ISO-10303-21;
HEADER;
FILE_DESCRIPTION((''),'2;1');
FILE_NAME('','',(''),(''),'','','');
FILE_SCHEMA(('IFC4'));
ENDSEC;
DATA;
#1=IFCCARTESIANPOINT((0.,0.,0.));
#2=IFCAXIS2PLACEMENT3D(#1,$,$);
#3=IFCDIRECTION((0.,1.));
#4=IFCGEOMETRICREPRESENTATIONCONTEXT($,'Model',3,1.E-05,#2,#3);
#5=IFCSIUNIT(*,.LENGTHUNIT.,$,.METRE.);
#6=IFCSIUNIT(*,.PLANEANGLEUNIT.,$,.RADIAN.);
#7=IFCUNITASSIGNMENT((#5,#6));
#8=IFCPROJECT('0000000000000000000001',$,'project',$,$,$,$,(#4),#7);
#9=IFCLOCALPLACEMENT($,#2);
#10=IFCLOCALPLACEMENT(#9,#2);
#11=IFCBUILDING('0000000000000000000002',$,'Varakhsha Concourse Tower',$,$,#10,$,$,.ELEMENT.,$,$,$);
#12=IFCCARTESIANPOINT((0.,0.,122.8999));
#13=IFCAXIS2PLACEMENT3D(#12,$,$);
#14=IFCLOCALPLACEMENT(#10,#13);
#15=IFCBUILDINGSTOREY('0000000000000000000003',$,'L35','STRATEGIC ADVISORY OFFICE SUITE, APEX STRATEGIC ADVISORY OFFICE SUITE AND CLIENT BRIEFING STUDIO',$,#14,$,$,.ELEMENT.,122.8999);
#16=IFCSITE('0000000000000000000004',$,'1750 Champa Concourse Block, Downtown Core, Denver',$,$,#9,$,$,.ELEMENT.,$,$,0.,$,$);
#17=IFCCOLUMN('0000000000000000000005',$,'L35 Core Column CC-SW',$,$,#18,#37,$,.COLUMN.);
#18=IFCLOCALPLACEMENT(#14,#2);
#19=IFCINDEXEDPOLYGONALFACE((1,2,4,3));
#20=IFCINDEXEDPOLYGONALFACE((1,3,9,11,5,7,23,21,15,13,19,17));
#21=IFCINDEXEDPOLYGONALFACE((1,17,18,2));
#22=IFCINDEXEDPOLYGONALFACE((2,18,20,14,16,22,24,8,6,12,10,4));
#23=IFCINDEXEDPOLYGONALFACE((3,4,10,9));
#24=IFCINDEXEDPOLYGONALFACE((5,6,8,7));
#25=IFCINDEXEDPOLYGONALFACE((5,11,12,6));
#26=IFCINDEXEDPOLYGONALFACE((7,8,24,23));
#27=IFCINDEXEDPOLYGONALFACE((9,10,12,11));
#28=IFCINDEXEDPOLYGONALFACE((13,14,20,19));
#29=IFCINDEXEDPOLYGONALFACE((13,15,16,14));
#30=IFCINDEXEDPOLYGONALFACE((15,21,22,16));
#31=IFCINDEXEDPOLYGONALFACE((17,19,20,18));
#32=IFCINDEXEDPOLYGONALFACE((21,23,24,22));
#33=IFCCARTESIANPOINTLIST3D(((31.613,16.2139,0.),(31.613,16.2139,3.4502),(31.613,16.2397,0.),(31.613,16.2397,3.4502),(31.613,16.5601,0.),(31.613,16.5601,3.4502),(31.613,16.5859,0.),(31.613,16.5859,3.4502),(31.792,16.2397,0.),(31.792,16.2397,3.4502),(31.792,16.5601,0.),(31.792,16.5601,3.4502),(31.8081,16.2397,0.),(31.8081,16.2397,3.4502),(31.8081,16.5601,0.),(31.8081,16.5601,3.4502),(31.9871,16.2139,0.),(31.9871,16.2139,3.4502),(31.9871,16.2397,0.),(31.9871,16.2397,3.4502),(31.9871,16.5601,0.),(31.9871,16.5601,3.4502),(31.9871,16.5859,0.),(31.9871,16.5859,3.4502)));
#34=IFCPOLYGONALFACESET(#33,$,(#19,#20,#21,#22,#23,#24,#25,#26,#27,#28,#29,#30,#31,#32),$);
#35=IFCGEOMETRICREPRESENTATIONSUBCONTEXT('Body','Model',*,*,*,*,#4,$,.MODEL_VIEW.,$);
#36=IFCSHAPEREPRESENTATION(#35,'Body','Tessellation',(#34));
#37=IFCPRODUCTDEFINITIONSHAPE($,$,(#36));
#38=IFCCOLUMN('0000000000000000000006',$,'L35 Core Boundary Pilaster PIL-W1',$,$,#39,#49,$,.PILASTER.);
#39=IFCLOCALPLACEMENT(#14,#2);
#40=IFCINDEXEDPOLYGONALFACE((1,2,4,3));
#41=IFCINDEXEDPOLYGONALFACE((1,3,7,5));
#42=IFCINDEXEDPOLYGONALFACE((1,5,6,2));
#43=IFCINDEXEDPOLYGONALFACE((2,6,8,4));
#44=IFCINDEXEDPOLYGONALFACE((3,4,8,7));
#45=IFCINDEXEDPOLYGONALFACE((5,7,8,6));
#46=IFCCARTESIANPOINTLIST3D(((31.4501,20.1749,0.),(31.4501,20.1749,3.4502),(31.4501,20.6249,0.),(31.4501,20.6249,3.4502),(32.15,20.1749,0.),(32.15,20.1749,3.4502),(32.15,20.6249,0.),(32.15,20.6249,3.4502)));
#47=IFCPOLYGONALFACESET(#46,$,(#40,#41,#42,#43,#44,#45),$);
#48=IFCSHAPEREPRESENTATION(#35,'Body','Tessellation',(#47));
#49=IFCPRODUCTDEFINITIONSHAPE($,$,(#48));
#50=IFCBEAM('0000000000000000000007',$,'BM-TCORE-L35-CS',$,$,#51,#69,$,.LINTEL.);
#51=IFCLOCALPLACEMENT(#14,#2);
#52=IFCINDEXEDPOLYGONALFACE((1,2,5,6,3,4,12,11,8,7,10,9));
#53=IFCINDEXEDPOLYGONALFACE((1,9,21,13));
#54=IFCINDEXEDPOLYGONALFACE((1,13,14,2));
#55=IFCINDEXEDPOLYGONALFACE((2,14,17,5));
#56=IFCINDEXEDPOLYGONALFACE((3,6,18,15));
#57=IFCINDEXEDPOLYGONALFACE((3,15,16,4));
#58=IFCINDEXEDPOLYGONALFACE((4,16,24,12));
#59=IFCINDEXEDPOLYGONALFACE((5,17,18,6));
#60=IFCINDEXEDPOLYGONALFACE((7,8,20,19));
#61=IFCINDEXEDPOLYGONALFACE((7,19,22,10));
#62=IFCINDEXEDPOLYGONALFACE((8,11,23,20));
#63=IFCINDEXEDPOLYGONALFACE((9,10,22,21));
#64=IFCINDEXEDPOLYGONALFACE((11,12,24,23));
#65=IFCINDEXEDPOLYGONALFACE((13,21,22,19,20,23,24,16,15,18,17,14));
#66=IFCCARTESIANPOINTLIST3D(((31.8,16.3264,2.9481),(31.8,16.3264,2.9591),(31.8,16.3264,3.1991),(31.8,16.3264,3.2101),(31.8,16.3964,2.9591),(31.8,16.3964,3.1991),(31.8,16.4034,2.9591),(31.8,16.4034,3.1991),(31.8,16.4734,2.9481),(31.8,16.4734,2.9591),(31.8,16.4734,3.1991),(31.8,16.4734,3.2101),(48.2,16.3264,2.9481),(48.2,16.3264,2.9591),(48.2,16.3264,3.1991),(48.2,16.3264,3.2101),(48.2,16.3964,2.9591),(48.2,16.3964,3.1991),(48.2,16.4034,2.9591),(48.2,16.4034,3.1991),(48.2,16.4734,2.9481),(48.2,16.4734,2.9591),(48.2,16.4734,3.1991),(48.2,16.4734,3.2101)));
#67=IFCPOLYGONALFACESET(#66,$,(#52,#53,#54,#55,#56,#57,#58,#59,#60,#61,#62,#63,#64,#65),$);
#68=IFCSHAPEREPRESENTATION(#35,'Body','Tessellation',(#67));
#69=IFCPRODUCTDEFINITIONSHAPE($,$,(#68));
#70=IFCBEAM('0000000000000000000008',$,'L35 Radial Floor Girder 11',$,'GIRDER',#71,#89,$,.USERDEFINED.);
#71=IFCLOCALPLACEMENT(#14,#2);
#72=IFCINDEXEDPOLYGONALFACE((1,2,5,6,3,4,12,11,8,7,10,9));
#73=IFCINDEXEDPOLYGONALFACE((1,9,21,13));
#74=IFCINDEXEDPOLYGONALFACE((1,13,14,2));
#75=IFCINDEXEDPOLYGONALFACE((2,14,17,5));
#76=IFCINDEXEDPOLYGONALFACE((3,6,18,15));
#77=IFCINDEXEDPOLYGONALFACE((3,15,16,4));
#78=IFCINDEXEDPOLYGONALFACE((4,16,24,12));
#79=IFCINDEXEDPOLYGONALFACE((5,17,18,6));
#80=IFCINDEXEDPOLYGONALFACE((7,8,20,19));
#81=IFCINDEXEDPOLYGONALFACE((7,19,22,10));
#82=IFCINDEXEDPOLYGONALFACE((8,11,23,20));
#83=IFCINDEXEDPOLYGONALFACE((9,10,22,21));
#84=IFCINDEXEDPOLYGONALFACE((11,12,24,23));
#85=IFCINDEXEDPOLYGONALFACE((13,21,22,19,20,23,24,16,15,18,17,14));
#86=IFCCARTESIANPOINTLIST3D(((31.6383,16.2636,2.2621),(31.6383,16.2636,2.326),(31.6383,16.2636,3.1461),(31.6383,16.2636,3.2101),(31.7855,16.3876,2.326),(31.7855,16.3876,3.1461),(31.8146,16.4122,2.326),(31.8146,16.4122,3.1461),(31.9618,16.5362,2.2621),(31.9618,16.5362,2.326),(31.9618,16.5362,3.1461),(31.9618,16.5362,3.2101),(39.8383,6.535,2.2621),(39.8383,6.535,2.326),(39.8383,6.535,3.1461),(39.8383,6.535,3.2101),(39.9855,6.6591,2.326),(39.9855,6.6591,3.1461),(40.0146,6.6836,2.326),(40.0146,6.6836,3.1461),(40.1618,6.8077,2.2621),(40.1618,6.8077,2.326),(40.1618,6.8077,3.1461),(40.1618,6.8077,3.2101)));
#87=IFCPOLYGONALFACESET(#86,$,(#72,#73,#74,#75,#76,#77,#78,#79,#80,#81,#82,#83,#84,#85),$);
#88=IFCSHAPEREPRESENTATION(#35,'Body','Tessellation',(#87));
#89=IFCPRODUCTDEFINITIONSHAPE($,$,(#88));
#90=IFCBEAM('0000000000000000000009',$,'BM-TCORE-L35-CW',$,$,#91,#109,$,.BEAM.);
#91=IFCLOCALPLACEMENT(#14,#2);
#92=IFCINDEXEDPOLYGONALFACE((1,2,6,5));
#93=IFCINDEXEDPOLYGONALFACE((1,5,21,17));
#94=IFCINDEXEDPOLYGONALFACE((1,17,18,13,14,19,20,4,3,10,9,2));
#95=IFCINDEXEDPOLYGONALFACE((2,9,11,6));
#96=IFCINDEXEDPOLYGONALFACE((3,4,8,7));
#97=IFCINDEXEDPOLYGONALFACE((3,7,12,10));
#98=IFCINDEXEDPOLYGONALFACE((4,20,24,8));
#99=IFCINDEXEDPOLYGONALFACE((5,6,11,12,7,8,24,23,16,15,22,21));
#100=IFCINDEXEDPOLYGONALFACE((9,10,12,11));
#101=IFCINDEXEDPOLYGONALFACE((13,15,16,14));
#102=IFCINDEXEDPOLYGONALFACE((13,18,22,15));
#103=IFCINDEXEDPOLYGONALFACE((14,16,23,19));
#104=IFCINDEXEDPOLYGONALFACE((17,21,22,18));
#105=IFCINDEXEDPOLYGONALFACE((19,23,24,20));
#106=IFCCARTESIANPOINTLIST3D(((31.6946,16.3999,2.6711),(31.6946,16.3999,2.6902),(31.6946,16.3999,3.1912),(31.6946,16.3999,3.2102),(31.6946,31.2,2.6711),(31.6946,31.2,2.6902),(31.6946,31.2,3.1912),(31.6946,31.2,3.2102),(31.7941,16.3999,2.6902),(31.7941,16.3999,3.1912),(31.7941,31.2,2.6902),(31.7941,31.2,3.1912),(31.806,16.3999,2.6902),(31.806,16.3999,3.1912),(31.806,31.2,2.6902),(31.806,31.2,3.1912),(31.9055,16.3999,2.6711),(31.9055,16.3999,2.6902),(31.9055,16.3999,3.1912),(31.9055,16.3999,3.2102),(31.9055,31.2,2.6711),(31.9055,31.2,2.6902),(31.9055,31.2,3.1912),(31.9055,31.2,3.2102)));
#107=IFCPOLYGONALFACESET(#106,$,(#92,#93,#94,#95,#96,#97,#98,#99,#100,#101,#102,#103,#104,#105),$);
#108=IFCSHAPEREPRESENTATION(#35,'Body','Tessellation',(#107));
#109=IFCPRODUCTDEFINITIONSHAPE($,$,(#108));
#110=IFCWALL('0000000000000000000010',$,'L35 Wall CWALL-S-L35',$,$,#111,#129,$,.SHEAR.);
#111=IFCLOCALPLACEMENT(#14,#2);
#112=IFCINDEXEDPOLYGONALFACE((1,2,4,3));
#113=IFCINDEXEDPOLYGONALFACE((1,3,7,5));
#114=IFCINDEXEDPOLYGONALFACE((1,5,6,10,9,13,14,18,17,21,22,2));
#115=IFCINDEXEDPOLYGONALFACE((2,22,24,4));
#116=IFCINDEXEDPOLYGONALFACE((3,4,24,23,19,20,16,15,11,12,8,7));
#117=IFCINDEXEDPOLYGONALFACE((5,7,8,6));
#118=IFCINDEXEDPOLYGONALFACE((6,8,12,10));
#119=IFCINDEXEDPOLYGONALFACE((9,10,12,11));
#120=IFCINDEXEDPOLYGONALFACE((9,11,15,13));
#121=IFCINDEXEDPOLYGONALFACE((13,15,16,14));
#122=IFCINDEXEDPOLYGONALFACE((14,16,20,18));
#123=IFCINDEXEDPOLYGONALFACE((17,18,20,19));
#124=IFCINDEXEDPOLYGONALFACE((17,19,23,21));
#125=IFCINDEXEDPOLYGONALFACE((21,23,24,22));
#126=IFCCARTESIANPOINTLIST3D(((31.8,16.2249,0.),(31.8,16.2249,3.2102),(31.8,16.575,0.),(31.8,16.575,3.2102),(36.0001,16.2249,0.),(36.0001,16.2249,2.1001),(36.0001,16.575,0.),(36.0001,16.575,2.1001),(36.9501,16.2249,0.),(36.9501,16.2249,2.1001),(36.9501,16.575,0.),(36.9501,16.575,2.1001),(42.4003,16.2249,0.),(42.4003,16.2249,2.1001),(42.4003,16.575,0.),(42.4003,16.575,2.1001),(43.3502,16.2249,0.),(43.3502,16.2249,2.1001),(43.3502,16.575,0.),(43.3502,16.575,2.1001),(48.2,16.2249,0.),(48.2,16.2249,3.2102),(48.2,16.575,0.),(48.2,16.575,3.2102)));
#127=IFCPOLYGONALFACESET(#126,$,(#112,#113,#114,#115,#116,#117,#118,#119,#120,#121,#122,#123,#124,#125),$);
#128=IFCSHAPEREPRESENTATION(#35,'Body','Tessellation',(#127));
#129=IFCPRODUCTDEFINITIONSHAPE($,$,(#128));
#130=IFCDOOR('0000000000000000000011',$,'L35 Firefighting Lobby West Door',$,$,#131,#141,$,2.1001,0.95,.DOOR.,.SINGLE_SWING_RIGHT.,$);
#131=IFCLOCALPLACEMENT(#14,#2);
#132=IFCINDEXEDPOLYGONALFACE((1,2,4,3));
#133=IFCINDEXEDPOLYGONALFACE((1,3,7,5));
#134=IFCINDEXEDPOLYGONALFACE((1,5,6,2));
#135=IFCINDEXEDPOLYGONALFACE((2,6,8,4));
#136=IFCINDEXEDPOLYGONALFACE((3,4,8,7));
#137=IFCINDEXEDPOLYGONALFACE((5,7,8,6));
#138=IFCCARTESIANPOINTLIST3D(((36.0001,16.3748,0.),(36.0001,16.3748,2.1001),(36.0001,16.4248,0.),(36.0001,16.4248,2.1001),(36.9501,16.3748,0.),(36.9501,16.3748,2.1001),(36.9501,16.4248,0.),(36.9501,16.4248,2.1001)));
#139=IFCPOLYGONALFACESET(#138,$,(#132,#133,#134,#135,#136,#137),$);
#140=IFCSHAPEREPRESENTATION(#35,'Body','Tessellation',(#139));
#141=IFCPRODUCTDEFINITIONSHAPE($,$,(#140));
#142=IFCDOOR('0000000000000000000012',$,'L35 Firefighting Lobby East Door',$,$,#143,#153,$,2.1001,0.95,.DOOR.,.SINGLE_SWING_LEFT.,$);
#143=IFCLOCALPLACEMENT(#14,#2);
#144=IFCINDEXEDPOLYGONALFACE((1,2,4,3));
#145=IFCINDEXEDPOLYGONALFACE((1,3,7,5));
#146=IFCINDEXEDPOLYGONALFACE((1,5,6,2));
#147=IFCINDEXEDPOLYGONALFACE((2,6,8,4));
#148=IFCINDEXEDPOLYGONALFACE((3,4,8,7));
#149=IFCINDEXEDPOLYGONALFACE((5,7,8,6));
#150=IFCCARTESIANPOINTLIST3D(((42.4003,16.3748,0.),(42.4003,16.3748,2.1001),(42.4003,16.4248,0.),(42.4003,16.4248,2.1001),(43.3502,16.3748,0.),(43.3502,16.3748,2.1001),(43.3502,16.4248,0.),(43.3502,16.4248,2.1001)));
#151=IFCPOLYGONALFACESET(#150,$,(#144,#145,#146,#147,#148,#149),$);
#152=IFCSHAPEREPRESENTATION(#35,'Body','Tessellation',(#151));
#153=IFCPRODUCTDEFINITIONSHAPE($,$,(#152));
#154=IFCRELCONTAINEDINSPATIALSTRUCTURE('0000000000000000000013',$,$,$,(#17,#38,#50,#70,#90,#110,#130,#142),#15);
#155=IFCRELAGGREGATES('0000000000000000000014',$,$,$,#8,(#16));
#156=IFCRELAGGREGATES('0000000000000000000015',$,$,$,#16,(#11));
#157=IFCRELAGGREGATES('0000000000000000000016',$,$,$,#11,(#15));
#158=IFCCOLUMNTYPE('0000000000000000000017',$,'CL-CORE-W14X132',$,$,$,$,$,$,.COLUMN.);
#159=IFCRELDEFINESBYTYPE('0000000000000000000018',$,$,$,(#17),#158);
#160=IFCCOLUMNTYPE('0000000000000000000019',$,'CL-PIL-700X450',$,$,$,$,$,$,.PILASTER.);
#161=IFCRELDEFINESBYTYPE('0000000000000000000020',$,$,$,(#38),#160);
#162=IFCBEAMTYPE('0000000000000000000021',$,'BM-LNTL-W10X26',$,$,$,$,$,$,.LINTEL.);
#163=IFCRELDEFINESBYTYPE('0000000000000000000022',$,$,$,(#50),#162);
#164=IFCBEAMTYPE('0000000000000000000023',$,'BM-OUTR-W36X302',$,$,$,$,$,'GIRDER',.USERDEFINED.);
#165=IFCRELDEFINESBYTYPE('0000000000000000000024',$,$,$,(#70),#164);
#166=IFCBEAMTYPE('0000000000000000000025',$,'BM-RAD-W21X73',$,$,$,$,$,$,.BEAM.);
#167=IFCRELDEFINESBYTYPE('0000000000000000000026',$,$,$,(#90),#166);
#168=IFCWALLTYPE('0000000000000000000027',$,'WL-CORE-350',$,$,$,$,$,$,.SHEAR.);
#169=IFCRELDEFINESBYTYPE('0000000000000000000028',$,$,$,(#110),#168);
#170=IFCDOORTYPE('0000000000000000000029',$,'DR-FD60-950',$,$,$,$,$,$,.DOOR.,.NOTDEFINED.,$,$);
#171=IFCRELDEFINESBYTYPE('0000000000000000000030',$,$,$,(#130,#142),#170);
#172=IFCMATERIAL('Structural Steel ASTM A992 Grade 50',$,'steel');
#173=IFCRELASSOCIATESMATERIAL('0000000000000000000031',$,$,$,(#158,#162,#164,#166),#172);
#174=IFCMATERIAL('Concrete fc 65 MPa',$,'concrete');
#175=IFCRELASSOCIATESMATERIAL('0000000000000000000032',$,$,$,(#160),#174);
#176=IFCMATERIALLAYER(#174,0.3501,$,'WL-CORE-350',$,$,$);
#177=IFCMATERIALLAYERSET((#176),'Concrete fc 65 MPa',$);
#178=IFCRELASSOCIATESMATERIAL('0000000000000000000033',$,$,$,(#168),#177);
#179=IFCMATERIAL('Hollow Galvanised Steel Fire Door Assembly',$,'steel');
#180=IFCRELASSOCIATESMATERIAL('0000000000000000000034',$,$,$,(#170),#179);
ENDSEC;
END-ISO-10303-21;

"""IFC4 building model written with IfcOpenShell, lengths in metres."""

from ifc_helpers import new_model, si_unit, direction, frame, frame_2d, origin, origin_2d, place, context, subcontext, project, spatial, rectangle, i_section, extrude, material, layer, layer_set, material_profile, profile_set, type_object, element, fill, save


model = new_model("IFC4")

# Units and contexts
model_context = context("Model", 3, precision=1e-05, world=origin(), true_north=direction((0.0, 1.0)))
body_context = subcontext(model_context, "Body", "Model", "MODEL_VIEW")
ifc_project = project(units=[si_unit("LENGTHUNIT", "METRE"), si_unit("PLANEANGLEUNIT", "RADIAN")], contexts=[model_context])

# Site, building, storey
site_placement = place(None, origin())
site = spatial("IfcSite", under=ifc_project, at=site_placement, Name="1750 Champa Concourse Block, Downtown Core, Denver", CompositionType="ELEMENT", RefElevation=0.0)
building_placement = place(site_placement, origin())
building = spatial("IfcBuilding", under=site, at=building_placement, Name="Varakhsha Concourse Tower", CompositionType="ELEMENT")
storey_placement = place(building_placement, frame((0.0, 0.0, 122.8999)))
storey = spatial("IfcBuildingStorey", under=building, at=storey_placement, Name="L35", Description="STRATEGIC ADVISORY OFFICE SUITE, APEX STRATEGIC ADVISORY OFFICE SUITE AND CLIENT BRIEFING STUDIO", CompositionType="ELEMENT", Elevation=122.8999)

# Columns
ifc_material_1 = material(Name="Structural Steel ASTM A992 Grade 50", Category="steel")
ifc_material_profile_1 = material_profile(ifc_material_1, i_section(OverallWidth=0.374, OverallDepth=0.3721, WebThickness=0.0161, FlangeThickness=0.0259, at=origin_2d()), Name="W14X132")
ifc_profile_set_1 = profile_set([ifc_material_profile_1], Name="Structural Steel ASTM A992 Grade 50")
column_type_1 = type_object("IfcColumnType", Name="CL-CORE-W14X132", PredefinedType="COLUMN", material=ifc_profile_set_1)
column_1_placement = place(storey_placement, frame((31.8, 16.3999, 0.0), z_axis=(0.0, 0.0, 1.0), x_axis=(1.0, 0.0, 0.0)))
element("IfcColumn", 1, at=column_1_placement, inside=storey, type_object=column_type_1, Name="L35 Core Column CC-SW", PredefinedType="COLUMN", context=body_context, shape_type="SweptSolid", body=[
    extrude(i_section(OverallWidth=0.374, OverallDepth=0.3721, WebThickness=0.0161, FlangeThickness=0.0259, at=origin_2d()), origin(), (0.0, 0.0, 1.0), 3.4502),
])
ifc_material_2 = material(Name="Concrete fc 65 MPa", Category="concrete")
ifc_material_profile_2 = material_profile(ifc_material_2, rectangle(XDim=0.7, YDim=0.45, at=origin_2d()), Name="RC 700x450")
ifc_profile_set_2 = profile_set([ifc_material_profile_2], Name="Concrete fc 65 MPa")
column_type_2 = type_object("IfcColumnType", Name="CL-PIL-700X450", PredefinedType="PILASTER", material=ifc_profile_set_2)
column_2_placement = place(storey_placement, frame((31.8, 20.3999, 0.0), z_axis=(0.0, 0.0, 1.0), x_axis=(1.0, 0.0, 0.0)))
element("IfcColumn", 2, at=column_2_placement, inside=storey, type_object=column_type_2, Name="L35 Core Boundary Pilaster PIL-W1", PredefinedType="PILASTER", context=body_context, shape_type="SweptSolid", body=[
    extrude(rectangle(XDim=0.7, YDim=0.45, at=origin_2d()), origin(), (0.0, 0.0, 1.0), 3.4502),
])

# Beams
ifc_material_profile_3 = material_profile(ifc_material_1, i_section(OverallWidth=0.147, OverallDepth=0.262, WebThickness=0.0071, FlangeThickness=0.011, at=origin_2d()), Name="W10X26")
ifc_profile_set_3 = profile_set([ifc_material_profile_3], Name="Structural Steel ASTM A992 Grade 50")
beam_type_1 = type_object("IfcBeamType", Name="BM-LNTL-W10X26", PredefinedType="LINTEL", material=ifc_profile_set_3)
beam_1_placement = place(storey_placement, frame((31.8, 16.3999, 3.0791), z_axis=(1.0, 0.0, 0.0), x_axis=(0.0, 1.0, 0.0)))
element("IfcBeam", 3, at=beam_1_placement, inside=storey, type_object=beam_type_1, Name="BM-TCORE-L35-CS", PredefinedType="LINTEL", context=body_context, shape_type="SweptSolid", body=[
    extrude(i_section(OverallWidth=0.147, OverallDepth=0.262, WebThickness=0.0071, FlangeThickness=0.011, at=origin_2d()), origin(), (0.0, 0.0, 1.0), 16.3999),
])
ifc_material_profile_4 = material_profile(ifc_material_1, i_section(OverallWidth=0.4231, OverallDepth=0.948, WebThickness=0.0381, FlangeThickness=0.064, at=origin_2d()), Name="W36X302")
ifc_profile_set_4 = profile_set([ifc_material_profile_4], Name="Structural Steel ASTM A992 Grade 50")
beam_type_2 = type_object("IfcBeamType", Name="BM-OUTR-W36X302", ElementType="GIRDER", PredefinedType="USERDEFINED", material=ifc_profile_set_4)
beam_2_placement = place(storey_placement, frame((31.8, 16.3999, 2.7361), z_axis=(0.644481, -0.76462, 0.0), x_axis=(0.76462, 0.644481, 0.0)))
element("IfcBeam", 4, at=beam_2_placement, inside=storey, type_object=beam_type_2, Name="L35 Radial Floor Girder 11", ObjectType="GIRDER", PredefinedType="USERDEFINED", context=body_context, shape_type="SweptSolid", body=[
    extrude(i_section(OverallWidth=0.4231, OverallDepth=0.948, WebThickness=0.0381, FlangeThickness=0.064, at=origin_2d()), origin(), (0.0, 0.0, 1.0), 12.7234),
])
ifc_material_profile_5 = material_profile(ifc_material_1, i_section(OverallWidth=0.2109, OverallDepth=0.5391, WebThickness=0.012, FlangeThickness=0.019, at=origin_2d()), Name="W21X73")
ifc_profile_set_5 = profile_set([ifc_material_profile_5], Name="Structural Steel ASTM A992 Grade 50")
beam_type_3 = type_object("IfcBeamType", Name="BM-RAD-W21X73", PredefinedType="BEAM", material=ifc_profile_set_5)
beam_3_placement = place(storey_placement, frame((31.8, 16.3999, 2.9407), z_axis=(0.0, 1.0, 0.0), x_axis=(-1.0, 0.0, 0.0)))
element("IfcBeam", 5, at=beam_3_placement, inside=storey, type_object=beam_type_3, Name="BM-TCORE-L35-CW", PredefinedType="BEAM", context=body_context, shape_type="SweptSolid", body=[
    extrude(i_section(OverallWidth=0.2109, OverallDepth=0.5391, WebThickness=0.012, FlangeThickness=0.019, at=origin_2d()), origin(), (0.0, 0.0, 1.0), 14.8),
])

# Wall, openings, doors
ifc_layer_1 = layer(ifc_material_2, 0.3501, Name="WL-CORE-350")
ifc_layer_set_1 = layer_set([ifc_layer_1], Name="Concrete fc 65 MPa")
wall_type_1 = type_object("IfcWallType", Name="WL-CORE-350", PredefinedType="SHEAR", material=ifc_layer_set_1)
wall_1_placement = place(storey_placement, frame((31.8, 16.3999, 0.0), z_axis=(0.0, 0.0, 1.0), x_axis=(1.0, 0.0, 0.0)))
wall_1 = element("IfcWall", 6, at=wall_1_placement, inside=storey, type_object=wall_type_1, Name="L35 Wall CWALL-S-L35", PredefinedType="SHEAR", context=body_context, shape_type="SweptSolid", body=[
    extrude(rectangle(XDim=16.3999, YDim=0.3501, at=frame_2d((8.2, 0.0))), origin(), (0.0, 0.0, 1.0), 3.2102),
])
opening_1_placement = place(wall_1_placement, frame((4.2, 0.0, 0.0)))
opening_1 = element("IfcOpeningElement", 7, at=opening_1_placement, cuts=wall_1, PredefinedType="OPENING", context=body_context, shape_type="SweptSolid", body=[
    extrude(rectangle(XDim=0.95, YDim=2.1001, at=frame_2d((0.4751, 1.05))), frame((0.0, 0.1851, 0.0), z_axis=(0.0, -1.0, 0.0), x_axis=(1.0, 0.0, 0.0)), (0.0, 0.0, 1.0), 0.3701),
])
opening_2_placement = place(wall_1_placement, frame((10.6001, 0.0, 0.0)))
opening_2 = element("IfcOpeningElement", 8, at=opening_2_placement, cuts=wall_1, PredefinedType="OPENING", context=body_context, shape_type="SweptSolid", body=[
    extrude(rectangle(XDim=0.95, YDim=2.1001, at=frame_2d((0.4751, 1.05))), frame((0.0, 0.1851, 0.0), z_axis=(0.0, -1.0, 0.0), x_axis=(1.0, 0.0, 0.0)), (0.0, 0.0, 1.0), 0.3701),
])
ifc_material_3 = material(Name="Hollow Galvanised Steel Fire Door Assembly", Category="steel")
door_type_1 = type_object("IfcDoorType", Name="DR-FD60-950", OperationType="NOTDEFINED", PredefinedType="DOOR", material=ifc_material_3)
door_1_placement = place(opening_1_placement, origin())
door_1 = element("IfcDoor", 9, at=door_1_placement, inside=storey, type_object=door_type_1, Name="L35 Firefighting Lobby West Door", OperationType="SINGLE_SWING_RIGHT", OverallHeight=2.1001, OverallWidth=0.95, PredefinedType="DOOR", context=body_context, shape_type="SweptSolid", body=[
    extrude(rectangle(XDim=0.95, YDim=2.1001, at=frame_2d((0.4751, 1.05))), frame((0.0, 0.0249, 0.0), z_axis=(0.0, -1.0, 0.0), x_axis=(1.0, 0.0, 0.0)), (0.0, 0.0, 1.0), 0.05),
])
fill(opening_1, door_1)
door_2_placement = place(opening_2_placement, origin())
door_2 = element("IfcDoor", 10, at=door_2_placement, inside=storey, type_object=door_type_1, Name="L35 Firefighting Lobby East Door", OperationType="SINGLE_SWING_LEFT", OverallHeight=2.1001, OverallWidth=0.95, PredefinedType="DOOR", context=body_context, shape_type="SweptSolid", body=[
    extrude(rectangle(XDim=0.95, YDim=2.1001, at=frame_2d((0.4751, 1.05))), frame((0.0, 0.0249, 0.0), z_axis=(0.0, -1.0, 0.0), x_axis=(1.0, 0.0, 0.0)), (0.0, 0.0, 1.0), 0.05),
])
fill(opening_2, door_2)

save(model, "model.ifc")
